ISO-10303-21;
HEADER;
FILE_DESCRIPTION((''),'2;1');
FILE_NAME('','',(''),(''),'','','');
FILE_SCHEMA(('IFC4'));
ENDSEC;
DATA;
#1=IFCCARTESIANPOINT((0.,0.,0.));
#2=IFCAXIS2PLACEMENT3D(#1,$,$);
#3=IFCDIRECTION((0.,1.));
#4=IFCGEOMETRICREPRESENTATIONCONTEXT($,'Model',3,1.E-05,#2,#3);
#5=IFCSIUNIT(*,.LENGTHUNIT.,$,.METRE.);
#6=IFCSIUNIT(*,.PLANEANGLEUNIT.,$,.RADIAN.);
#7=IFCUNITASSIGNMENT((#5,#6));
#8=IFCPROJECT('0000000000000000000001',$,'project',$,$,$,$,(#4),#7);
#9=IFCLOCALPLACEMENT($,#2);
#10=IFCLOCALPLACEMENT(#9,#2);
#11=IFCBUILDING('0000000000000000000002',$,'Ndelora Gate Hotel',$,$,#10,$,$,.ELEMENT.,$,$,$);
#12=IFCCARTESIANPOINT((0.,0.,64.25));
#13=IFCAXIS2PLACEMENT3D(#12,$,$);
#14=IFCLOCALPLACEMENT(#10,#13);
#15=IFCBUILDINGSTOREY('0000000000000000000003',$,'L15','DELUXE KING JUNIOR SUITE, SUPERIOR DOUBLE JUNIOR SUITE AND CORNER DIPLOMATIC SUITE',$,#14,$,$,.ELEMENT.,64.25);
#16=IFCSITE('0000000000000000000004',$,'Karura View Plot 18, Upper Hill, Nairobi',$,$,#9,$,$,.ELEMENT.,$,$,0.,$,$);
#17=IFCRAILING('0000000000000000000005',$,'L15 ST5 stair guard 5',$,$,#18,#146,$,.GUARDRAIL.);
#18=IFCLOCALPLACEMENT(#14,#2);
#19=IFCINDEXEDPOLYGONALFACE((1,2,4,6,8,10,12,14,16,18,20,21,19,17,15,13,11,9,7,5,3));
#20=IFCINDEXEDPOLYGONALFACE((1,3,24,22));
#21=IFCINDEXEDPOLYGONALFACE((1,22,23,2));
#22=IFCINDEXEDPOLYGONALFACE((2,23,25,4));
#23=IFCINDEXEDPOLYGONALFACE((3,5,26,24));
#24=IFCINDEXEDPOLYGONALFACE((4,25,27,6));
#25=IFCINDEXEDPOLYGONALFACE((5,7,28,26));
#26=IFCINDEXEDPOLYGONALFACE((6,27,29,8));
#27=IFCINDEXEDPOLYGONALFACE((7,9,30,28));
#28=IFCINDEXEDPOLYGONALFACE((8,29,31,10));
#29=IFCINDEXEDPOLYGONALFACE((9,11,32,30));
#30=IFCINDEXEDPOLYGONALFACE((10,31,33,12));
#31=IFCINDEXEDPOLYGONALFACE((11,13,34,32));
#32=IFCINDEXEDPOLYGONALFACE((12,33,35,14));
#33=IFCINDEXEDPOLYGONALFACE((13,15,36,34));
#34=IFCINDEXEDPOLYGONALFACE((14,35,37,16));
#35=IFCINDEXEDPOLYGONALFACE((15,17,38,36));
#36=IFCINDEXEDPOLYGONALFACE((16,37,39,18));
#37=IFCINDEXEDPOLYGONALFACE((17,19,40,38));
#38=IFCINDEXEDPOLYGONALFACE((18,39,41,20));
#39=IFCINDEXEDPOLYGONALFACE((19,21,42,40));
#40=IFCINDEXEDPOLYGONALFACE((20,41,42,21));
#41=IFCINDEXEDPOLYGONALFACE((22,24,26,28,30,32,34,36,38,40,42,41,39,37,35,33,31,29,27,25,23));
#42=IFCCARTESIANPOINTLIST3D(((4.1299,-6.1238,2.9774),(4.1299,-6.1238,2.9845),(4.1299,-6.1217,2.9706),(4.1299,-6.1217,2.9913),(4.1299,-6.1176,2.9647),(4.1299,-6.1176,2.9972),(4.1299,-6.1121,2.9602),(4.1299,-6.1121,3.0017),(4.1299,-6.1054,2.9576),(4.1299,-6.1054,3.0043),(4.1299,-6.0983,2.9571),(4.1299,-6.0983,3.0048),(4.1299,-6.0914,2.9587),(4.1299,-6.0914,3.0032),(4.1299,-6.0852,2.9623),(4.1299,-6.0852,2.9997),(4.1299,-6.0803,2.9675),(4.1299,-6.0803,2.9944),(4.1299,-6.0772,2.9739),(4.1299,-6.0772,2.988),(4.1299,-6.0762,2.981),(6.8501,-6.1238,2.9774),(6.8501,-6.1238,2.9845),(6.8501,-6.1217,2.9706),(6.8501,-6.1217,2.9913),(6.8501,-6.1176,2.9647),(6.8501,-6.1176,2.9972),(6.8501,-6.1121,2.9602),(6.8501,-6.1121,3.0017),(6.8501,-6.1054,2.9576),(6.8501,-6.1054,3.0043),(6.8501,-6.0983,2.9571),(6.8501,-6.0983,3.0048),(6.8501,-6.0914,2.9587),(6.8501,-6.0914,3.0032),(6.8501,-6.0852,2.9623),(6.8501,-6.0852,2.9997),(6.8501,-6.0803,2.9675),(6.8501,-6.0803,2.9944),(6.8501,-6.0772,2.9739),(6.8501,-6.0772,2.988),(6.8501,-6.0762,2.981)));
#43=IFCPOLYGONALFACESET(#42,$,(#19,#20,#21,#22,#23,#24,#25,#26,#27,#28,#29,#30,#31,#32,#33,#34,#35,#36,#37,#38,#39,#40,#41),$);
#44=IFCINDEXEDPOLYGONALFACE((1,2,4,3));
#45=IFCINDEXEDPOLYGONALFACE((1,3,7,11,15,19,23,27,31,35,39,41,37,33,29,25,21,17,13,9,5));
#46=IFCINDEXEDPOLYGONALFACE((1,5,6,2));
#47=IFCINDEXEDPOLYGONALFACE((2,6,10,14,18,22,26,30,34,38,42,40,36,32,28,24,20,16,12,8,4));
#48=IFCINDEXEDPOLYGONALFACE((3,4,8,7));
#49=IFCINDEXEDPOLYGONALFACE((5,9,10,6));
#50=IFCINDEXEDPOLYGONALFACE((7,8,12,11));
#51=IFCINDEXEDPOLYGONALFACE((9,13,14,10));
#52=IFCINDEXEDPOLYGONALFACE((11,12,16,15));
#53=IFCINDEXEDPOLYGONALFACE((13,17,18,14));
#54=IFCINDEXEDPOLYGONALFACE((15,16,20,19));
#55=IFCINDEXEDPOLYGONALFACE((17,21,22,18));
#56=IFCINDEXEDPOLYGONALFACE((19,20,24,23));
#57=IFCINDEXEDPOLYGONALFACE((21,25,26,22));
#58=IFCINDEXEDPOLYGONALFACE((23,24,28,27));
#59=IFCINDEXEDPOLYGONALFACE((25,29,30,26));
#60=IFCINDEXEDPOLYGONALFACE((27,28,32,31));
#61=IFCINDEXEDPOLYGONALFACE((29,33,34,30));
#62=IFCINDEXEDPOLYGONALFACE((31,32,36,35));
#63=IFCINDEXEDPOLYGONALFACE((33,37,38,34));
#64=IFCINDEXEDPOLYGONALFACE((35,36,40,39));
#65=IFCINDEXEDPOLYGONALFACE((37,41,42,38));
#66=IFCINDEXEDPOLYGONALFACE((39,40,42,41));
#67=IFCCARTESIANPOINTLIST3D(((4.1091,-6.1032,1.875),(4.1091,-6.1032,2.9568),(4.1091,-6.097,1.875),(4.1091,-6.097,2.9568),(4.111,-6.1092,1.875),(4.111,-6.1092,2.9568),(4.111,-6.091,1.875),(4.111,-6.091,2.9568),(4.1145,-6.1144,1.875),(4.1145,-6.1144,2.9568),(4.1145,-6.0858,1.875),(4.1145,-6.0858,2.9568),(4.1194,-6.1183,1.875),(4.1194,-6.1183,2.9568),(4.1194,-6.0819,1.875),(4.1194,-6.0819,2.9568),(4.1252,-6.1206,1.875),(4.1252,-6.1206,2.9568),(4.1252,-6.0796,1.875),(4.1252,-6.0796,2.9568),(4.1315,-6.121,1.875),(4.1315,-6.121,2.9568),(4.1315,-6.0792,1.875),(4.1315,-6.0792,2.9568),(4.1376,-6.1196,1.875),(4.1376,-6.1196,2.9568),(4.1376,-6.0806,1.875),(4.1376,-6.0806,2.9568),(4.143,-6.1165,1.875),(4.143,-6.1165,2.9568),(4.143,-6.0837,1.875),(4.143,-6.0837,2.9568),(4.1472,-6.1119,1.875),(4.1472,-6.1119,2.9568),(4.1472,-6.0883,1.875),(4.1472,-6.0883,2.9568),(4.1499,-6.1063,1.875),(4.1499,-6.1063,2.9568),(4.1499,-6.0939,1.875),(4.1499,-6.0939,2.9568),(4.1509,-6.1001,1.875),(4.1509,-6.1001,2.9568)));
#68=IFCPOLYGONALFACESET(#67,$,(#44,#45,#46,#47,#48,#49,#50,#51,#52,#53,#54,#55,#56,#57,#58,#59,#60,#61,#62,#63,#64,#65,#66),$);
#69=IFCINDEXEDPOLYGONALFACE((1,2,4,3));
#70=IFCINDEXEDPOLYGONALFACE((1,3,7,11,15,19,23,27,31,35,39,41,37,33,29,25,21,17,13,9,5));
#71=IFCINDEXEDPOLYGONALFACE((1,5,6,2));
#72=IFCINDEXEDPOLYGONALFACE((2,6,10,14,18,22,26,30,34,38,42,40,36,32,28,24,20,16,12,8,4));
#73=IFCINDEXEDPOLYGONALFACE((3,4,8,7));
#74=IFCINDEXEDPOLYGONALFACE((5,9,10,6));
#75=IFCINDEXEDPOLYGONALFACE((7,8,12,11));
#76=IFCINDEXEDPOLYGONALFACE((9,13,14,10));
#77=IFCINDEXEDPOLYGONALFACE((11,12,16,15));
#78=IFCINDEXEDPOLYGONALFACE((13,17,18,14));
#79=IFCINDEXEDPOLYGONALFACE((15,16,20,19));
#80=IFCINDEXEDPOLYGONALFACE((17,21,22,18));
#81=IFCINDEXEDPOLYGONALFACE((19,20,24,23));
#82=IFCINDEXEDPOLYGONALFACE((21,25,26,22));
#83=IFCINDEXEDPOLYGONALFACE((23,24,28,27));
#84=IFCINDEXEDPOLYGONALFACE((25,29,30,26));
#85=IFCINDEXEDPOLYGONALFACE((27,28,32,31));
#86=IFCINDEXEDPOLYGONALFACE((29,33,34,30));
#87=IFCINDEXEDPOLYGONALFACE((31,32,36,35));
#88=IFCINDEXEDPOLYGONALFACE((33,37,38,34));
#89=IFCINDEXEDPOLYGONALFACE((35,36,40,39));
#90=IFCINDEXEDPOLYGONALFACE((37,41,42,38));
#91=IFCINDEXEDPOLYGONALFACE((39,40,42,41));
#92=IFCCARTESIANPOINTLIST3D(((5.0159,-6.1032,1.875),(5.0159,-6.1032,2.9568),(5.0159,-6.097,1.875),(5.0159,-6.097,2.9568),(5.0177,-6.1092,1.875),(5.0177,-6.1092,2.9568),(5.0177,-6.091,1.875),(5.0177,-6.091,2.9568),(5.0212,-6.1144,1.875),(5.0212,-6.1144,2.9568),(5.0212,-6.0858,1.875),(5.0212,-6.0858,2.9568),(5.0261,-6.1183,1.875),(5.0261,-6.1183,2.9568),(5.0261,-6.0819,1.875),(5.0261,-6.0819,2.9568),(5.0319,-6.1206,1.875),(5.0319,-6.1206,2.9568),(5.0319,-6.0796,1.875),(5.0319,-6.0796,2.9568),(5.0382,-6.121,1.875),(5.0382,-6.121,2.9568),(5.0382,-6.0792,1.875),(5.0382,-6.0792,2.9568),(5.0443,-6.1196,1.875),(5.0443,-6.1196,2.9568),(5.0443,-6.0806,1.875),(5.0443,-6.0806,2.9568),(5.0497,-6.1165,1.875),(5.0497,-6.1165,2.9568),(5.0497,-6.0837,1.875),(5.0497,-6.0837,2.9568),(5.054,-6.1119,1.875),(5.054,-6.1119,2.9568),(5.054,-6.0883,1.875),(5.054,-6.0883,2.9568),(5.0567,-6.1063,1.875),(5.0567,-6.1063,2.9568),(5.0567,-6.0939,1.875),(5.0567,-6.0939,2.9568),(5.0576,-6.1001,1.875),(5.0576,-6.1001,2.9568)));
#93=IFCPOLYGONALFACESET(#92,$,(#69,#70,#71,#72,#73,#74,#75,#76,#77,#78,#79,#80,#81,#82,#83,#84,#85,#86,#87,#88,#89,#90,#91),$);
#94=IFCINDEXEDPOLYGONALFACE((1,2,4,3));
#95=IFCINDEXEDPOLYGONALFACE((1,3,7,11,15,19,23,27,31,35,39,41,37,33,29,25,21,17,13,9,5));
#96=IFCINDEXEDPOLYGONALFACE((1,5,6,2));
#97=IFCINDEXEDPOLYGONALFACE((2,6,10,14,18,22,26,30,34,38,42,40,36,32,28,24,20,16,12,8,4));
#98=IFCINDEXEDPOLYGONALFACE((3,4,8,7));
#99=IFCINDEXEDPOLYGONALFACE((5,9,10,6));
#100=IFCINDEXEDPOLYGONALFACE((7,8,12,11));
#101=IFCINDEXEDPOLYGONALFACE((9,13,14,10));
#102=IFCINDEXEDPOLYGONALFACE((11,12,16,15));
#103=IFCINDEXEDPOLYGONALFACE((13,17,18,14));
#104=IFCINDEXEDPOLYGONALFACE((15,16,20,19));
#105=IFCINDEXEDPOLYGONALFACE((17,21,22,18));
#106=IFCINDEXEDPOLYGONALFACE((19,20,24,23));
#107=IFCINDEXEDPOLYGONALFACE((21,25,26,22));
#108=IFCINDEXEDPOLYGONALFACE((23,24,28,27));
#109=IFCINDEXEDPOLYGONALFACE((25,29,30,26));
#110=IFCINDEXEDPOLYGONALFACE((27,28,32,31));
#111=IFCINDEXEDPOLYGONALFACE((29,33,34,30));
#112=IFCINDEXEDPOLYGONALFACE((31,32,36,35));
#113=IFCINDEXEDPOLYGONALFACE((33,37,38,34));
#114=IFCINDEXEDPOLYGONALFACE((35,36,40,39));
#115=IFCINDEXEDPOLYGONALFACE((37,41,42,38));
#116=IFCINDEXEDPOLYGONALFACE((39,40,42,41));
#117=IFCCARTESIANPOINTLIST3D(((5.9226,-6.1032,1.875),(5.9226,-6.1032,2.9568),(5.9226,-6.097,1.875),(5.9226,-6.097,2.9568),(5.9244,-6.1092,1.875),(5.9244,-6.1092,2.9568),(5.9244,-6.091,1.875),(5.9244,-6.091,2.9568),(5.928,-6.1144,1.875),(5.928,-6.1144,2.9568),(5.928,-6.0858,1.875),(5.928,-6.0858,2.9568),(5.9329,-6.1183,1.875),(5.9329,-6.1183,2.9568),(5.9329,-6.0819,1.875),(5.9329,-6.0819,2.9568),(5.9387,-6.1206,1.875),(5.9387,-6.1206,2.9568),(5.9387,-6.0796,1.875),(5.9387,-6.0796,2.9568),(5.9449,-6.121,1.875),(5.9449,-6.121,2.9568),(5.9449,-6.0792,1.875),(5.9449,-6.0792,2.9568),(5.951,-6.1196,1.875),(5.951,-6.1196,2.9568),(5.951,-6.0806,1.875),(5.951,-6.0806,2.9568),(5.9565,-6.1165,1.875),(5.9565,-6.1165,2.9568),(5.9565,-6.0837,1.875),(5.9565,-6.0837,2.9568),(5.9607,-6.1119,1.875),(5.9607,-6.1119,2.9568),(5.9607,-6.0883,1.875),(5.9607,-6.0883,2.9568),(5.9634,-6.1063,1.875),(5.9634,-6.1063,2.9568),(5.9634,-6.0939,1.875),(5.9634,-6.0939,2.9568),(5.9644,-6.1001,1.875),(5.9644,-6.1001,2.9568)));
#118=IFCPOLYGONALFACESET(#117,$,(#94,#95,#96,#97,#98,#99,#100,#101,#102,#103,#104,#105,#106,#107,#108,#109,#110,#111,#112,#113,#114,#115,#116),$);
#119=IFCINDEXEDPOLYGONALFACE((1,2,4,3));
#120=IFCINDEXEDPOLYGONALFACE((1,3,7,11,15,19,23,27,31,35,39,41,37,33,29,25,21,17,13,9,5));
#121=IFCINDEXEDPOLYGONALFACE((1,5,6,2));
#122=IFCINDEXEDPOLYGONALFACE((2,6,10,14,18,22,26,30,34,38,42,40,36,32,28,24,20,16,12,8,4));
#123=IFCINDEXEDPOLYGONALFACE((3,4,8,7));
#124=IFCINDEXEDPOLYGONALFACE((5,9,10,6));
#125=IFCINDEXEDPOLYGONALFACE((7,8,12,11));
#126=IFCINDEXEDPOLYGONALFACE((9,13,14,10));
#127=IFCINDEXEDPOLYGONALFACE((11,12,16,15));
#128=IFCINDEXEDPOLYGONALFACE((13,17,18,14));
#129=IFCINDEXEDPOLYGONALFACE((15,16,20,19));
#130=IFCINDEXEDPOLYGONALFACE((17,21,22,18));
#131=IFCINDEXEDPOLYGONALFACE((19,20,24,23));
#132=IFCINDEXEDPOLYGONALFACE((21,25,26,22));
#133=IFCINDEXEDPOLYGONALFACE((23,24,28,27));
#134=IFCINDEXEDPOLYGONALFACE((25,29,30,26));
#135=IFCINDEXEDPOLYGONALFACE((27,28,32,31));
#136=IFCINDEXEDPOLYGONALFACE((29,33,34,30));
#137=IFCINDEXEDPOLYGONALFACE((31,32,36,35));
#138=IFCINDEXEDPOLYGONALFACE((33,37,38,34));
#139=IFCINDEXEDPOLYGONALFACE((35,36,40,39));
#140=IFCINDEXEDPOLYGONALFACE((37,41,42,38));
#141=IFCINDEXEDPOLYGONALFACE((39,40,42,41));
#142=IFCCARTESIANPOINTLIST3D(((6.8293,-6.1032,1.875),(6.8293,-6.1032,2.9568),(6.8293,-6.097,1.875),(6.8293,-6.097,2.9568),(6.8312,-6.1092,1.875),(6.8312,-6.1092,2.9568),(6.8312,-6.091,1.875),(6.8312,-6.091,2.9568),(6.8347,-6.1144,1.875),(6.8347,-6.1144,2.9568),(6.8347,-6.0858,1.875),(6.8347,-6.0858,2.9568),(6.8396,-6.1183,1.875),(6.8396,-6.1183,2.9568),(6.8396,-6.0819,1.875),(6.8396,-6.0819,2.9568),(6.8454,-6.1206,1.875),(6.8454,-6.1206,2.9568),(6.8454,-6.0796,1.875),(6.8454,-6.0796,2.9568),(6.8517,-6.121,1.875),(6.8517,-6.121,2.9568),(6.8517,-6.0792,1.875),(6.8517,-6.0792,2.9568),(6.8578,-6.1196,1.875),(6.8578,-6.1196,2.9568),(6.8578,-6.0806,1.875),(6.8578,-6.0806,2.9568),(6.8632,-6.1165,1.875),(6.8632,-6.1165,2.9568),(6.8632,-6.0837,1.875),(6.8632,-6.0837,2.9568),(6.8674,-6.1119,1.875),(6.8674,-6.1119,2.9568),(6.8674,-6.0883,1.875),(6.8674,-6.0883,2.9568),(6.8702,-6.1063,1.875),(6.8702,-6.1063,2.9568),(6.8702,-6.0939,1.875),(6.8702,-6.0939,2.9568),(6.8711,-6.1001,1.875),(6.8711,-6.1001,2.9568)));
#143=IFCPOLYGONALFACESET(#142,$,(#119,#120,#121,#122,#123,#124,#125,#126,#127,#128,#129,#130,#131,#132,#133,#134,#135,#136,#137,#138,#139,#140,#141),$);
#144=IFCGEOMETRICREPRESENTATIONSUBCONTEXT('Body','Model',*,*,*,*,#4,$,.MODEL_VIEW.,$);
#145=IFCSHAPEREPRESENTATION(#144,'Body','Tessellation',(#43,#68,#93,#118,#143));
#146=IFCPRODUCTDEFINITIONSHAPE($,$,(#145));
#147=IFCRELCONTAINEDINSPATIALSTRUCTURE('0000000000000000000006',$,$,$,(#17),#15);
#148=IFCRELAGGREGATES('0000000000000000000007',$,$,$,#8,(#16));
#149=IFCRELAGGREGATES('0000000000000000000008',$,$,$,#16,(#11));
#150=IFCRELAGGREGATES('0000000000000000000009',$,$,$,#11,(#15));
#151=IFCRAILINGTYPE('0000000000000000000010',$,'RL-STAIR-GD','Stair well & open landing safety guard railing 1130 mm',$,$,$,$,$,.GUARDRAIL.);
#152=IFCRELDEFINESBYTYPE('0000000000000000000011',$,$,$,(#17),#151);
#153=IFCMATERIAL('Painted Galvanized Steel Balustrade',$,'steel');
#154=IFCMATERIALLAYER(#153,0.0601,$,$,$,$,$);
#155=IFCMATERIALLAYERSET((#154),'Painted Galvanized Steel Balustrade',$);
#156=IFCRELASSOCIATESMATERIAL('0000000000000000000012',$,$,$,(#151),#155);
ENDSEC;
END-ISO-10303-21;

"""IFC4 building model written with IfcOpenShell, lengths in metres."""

from ifc_helpers import new_model, si_unit, direction, frame, origin, origin_2d, place, context, subcontext, project, spatial, circle, extrude, material, layer, layer_set, type_object, element, save


model = new_model("IFC4")

# Units and contexts
model_context = context("Model", 3, precision=1e-05, world=origin(), true_north=direction((0.0, 1.0)))
body_context = subcontext(model_context, "Body", "Model", "MODEL_VIEW")
ifc_project = project(units=[si_unit("LENGTHUNIT", "METRE"), si_unit("PLANEANGLEUNIT", "RADIAN")], contexts=[model_context])

# Site, building, storey
site_placement = place(None, origin())
site = spatial("IfcSite", under=ifc_project, at=site_placement, Name="Karura View Plot 18, Upper Hill, Nairobi", CompositionType="ELEMENT", RefElevation=0.0)
building_placement = place(site_placement, origin())
building = spatial("IfcBuilding", under=site, at=building_placement, Name="Ndelora Gate Hotel", CompositionType="ELEMENT")
storey_placement = place(building_placement, frame((0.0, 0.0, 64.25)))
storey = spatial("IfcBuildingStorey", under=building, at=storey_placement, Name="L15", Description="DELUXE KING JUNIOR SUITE, SUPERIOR DOUBLE JUNIOR SUITE AND CORNER DIPLOMATIC SUITE", CompositionType="ELEMENT", Elevation=64.25)

# Railing
ifc_material_1 = material(Name="Painted Galvanized Steel Balustrade", Category="steel")
ifc_layer_1 = layer(ifc_material_1, 0.0601)
ifc_layer_set_1 = layer_set([ifc_layer_1], Name="Painted Galvanized Steel Balustrade")
railing_type = type_object("IfcRailingType", Name="RL-STAIR-GD", Description="Stair well & open landing safety guard railing 1130 mm", PredefinedType="GUARDRAIL", material=ifc_layer_set_1)
railing_1_placement = place(storey_placement, frame((4.1299, -6.1001, 1.875)))
element("IfcRailing", 1, at=railing_1_placement, inside=storey, type_object=railing_type, Name="L15 ST5 stair guard 5", PredefinedType="GUARDRAIL", context=body_context, shape_type="SweptSolid", body=[
    extrude(circle(Radius=0.0239, at=origin_2d()), frame((0.0, 0.0, 1.106), z_axis=(1.0, 0.0, 0.0), x_axis=(0.0, 1.0, 0.0)), (0.0, 0.0, 1.0), 2.7202),
    extrude(circle(Radius=0.021, at=origin_2d()), origin(), (0.0, 0.0, 1.0), 1.0818),
    extrude(circle(Radius=0.021, at=origin_2d()), frame((0.9067, 0.0, 0.0)), (0.0, 0.0, 1.0), 1.0818),
    extrude(circle(Radius=0.021, at=origin_2d()), frame((1.8135, 0.0, 0.0)), (0.0, 0.0, 1.0), 1.0818),
    extrude(circle(Radius=0.021, at=origin_2d()), frame((2.7202, 0.0, 0.0)), (0.0, 0.0, 1.0), 1.0818),
])

save(model, "model.ifc")
